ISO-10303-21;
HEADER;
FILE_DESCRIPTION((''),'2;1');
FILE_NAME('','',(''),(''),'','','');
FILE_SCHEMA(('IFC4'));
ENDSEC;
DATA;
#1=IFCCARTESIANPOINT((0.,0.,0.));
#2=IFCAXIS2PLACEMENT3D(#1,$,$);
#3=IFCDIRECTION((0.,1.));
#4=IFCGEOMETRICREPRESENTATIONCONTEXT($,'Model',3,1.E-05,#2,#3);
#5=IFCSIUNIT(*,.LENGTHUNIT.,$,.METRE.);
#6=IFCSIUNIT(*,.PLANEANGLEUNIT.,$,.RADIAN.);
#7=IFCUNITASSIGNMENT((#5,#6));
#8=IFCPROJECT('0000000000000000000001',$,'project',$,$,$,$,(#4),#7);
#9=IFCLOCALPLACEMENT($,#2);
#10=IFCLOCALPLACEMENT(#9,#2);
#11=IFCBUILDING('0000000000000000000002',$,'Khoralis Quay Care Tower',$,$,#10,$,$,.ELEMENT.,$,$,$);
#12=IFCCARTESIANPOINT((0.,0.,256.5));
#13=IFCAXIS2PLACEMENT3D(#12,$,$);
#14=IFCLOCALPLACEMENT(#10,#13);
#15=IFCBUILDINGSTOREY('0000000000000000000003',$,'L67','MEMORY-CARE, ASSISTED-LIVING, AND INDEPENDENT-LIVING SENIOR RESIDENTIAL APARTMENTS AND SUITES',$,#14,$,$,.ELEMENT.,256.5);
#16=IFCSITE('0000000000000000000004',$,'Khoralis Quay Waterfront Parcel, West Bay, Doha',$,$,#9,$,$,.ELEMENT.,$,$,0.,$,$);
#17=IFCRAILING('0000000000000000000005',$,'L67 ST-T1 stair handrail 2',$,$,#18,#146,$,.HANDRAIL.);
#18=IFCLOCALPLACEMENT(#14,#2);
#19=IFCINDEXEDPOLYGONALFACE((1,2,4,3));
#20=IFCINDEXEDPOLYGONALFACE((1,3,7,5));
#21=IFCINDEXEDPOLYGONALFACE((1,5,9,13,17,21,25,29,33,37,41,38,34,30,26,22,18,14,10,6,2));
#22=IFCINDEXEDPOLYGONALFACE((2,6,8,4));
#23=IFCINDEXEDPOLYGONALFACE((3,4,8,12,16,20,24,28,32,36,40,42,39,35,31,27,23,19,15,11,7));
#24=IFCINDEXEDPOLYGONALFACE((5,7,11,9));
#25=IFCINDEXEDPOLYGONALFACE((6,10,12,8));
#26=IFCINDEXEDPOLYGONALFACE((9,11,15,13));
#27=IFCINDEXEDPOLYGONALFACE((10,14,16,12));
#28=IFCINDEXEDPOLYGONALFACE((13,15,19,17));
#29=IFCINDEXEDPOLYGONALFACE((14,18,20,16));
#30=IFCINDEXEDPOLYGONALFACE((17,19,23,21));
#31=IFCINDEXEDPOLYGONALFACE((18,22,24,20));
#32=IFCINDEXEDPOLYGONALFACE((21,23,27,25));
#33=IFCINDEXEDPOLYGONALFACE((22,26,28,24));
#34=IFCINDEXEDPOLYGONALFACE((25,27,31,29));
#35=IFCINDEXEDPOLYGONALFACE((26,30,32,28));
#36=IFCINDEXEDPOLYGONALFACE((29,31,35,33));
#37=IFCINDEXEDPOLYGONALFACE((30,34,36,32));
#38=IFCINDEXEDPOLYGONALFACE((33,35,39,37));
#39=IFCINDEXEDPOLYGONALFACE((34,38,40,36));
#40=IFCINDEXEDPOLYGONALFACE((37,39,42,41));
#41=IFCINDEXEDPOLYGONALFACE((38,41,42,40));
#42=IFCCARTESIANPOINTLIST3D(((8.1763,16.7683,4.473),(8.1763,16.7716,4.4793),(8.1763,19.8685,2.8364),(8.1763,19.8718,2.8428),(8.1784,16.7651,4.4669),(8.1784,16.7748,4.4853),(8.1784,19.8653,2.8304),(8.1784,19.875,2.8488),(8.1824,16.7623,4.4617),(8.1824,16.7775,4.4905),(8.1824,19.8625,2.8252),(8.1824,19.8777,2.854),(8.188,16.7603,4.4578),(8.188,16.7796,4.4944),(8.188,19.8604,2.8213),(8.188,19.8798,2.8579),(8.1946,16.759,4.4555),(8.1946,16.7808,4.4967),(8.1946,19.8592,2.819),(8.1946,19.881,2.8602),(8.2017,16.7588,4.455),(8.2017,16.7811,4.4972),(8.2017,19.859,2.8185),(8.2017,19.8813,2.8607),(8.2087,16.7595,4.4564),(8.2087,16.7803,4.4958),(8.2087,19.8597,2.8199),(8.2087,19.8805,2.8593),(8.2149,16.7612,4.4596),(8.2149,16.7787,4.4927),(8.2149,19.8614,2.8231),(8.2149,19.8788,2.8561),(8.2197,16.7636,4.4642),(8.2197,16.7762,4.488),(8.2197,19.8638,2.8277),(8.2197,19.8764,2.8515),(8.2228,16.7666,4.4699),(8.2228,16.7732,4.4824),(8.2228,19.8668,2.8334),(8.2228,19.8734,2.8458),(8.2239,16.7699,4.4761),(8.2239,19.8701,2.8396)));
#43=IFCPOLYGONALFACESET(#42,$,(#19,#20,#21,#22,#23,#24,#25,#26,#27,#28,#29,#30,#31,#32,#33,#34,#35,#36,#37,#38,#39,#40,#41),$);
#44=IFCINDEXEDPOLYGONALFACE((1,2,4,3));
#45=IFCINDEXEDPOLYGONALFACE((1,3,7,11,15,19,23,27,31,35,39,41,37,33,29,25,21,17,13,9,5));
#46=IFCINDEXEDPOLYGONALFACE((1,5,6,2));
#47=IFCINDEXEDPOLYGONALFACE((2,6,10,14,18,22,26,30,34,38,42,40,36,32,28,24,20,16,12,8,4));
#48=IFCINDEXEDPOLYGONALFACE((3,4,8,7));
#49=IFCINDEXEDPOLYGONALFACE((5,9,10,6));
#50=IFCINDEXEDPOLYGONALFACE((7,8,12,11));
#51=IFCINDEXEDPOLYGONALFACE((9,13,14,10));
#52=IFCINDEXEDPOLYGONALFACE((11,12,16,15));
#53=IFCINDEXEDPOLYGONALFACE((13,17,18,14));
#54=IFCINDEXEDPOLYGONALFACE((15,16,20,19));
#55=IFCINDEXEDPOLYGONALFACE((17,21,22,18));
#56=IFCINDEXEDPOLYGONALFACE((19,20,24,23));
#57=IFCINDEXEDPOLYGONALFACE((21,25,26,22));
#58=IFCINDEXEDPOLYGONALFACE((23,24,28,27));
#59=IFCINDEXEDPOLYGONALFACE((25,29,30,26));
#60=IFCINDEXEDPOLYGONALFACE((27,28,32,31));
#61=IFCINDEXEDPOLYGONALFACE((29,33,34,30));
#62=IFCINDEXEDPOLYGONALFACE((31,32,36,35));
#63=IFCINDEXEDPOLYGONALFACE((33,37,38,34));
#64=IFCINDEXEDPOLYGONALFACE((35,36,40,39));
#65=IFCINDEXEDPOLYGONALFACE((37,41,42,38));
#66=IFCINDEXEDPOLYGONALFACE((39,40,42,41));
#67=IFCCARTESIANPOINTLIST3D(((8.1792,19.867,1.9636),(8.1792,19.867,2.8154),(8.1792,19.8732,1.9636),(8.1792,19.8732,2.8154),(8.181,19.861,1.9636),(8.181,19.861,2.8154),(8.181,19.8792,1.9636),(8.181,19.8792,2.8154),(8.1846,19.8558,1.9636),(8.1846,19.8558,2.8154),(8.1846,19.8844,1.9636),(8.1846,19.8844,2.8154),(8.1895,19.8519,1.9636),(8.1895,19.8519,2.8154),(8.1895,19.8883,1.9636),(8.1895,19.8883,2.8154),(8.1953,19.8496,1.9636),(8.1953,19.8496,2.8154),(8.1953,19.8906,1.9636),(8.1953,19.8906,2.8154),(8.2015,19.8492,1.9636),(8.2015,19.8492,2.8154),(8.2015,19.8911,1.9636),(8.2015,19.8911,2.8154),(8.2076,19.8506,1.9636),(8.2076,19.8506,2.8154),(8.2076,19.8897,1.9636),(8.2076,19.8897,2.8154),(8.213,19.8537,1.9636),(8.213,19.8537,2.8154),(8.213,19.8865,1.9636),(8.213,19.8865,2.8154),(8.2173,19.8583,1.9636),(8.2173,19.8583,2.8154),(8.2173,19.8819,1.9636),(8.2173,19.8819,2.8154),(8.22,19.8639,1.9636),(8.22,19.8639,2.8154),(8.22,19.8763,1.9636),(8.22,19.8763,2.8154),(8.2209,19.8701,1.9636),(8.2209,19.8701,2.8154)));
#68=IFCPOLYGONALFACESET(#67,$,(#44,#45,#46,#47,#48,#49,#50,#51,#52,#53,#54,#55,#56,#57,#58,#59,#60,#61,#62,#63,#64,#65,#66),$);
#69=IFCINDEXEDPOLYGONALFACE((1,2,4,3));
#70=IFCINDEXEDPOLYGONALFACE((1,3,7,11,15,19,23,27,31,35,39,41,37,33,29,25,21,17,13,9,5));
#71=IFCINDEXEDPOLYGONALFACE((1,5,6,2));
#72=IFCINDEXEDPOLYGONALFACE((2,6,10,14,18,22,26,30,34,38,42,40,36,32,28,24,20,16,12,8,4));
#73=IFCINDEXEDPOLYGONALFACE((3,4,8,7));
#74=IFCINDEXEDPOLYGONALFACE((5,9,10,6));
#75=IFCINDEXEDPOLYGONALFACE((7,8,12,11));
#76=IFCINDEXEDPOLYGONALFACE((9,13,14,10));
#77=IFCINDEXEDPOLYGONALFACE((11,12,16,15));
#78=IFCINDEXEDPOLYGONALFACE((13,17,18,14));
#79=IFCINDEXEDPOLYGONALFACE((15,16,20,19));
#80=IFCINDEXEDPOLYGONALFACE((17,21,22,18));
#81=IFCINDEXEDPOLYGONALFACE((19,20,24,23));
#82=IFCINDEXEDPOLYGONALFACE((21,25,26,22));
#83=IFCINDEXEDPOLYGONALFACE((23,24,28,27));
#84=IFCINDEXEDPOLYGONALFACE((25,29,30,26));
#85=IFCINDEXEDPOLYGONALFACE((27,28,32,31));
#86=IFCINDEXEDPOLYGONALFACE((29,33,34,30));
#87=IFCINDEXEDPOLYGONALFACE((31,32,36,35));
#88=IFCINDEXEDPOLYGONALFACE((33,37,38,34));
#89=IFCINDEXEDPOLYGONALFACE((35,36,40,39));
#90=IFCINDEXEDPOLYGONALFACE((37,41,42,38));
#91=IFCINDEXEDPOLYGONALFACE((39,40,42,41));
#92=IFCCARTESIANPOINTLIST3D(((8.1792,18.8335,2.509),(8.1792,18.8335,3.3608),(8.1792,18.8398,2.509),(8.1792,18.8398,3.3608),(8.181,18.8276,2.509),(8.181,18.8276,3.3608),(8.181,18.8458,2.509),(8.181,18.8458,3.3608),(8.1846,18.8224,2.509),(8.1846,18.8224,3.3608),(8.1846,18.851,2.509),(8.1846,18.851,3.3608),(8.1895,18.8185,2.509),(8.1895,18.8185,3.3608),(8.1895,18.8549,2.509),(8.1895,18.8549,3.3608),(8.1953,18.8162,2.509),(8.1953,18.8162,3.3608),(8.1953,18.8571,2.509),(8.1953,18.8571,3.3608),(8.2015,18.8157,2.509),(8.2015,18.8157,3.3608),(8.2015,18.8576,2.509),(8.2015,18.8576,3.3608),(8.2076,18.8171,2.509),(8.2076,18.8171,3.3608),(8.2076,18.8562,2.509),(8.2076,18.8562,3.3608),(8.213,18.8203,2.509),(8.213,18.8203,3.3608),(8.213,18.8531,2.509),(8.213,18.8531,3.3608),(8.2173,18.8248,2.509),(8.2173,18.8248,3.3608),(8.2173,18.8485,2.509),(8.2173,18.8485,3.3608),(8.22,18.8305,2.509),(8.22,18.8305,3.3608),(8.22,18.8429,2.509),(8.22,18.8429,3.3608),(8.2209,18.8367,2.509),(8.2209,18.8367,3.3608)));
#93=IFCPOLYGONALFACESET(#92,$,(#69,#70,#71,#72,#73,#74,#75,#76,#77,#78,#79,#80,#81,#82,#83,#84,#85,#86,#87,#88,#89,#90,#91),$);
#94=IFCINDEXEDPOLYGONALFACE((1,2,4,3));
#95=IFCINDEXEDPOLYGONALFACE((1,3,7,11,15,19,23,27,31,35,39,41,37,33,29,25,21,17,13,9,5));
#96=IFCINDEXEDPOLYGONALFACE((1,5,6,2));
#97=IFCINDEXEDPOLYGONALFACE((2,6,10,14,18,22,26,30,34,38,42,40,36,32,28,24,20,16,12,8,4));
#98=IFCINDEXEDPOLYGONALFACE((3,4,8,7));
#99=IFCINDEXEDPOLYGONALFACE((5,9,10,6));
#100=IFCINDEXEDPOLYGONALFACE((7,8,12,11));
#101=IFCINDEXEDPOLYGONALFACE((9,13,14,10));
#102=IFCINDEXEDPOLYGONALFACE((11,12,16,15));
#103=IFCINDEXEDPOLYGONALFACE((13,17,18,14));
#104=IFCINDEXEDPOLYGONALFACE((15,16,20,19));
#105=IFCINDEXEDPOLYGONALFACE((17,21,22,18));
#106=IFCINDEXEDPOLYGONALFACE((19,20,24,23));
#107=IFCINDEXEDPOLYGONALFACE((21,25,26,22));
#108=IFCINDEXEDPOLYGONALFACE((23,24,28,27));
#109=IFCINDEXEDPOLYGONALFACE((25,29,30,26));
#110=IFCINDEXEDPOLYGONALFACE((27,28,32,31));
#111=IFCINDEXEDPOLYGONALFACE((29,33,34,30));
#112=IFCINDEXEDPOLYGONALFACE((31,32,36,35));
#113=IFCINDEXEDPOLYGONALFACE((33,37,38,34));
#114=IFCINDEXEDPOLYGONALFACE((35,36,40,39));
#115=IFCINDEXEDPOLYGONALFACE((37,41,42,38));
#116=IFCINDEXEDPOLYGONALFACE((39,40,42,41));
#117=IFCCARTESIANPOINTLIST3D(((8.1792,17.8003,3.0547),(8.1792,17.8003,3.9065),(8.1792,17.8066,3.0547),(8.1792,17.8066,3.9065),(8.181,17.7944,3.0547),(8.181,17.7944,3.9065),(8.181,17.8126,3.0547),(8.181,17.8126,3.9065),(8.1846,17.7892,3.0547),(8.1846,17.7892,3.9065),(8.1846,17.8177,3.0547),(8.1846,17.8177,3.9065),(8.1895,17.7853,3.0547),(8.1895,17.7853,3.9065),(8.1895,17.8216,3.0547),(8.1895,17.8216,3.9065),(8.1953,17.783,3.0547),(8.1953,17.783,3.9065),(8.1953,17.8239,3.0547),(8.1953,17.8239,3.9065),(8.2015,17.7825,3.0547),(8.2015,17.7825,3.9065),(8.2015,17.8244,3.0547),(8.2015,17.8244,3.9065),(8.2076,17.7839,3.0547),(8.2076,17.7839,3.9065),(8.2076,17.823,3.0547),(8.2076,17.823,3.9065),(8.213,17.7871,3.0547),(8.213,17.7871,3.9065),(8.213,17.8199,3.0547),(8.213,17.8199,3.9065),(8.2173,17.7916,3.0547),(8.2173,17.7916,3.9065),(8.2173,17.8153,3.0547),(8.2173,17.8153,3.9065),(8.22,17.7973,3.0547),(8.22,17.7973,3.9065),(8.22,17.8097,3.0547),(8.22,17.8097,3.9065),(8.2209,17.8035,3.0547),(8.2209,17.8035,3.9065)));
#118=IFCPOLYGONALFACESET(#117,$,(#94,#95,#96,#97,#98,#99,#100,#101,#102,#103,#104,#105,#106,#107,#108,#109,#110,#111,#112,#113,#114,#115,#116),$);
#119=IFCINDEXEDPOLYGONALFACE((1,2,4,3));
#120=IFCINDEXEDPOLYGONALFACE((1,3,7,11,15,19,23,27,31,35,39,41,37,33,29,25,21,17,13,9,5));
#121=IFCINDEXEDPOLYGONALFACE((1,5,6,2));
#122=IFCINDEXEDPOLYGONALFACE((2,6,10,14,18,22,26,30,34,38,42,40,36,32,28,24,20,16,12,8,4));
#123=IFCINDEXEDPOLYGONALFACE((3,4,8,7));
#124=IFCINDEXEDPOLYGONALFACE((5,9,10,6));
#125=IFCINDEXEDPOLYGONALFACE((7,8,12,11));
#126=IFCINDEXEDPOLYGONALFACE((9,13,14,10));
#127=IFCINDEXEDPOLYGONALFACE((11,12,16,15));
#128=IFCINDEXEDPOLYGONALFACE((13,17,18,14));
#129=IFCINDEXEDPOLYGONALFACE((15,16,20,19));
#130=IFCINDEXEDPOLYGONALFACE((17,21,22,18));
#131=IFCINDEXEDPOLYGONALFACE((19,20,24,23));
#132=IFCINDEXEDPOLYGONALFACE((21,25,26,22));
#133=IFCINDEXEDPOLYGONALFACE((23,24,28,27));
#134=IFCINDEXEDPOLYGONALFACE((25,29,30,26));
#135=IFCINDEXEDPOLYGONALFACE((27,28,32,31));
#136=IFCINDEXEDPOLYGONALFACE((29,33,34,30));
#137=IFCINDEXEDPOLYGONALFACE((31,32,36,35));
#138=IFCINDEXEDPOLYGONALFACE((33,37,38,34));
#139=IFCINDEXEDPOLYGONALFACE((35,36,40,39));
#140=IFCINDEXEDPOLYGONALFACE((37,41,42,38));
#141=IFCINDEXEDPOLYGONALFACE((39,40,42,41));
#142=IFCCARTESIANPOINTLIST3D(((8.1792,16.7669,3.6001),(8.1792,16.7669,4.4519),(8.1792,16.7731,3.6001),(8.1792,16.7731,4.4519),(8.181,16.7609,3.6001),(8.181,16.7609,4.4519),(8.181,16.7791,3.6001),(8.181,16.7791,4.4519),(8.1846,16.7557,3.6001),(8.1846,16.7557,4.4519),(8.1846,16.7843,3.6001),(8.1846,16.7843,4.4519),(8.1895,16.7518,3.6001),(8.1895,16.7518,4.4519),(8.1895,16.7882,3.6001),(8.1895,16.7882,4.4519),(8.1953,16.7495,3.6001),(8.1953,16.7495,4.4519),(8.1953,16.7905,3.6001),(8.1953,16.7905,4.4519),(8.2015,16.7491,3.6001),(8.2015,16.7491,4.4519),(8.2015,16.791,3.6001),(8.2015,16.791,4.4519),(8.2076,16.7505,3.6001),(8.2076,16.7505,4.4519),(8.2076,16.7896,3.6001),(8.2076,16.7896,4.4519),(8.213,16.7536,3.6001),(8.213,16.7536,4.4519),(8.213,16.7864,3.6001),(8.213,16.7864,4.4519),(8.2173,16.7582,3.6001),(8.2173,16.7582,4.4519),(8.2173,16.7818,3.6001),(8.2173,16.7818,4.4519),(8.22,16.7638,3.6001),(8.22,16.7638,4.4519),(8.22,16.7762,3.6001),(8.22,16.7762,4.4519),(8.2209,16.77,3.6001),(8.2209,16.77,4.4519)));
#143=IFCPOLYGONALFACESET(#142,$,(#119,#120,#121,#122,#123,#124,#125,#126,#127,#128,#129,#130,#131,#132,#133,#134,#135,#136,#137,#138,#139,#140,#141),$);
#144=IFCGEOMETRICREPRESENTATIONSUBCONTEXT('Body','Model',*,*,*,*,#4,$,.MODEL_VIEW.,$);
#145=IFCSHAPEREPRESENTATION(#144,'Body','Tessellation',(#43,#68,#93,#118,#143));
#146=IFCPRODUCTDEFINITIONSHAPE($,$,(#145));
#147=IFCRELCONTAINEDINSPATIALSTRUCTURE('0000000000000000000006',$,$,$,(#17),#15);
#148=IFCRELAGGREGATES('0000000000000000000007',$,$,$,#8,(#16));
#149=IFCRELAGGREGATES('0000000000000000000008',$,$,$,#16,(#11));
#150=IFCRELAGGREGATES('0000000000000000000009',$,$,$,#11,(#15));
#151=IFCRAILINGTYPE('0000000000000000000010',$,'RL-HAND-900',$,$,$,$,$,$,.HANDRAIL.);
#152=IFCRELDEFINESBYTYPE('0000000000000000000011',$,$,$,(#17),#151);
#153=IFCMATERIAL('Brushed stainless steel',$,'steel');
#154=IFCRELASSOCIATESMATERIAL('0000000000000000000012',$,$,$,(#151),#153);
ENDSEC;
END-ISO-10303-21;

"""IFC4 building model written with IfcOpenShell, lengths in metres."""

from ifc_helpers import new_model, si_unit, direction, frame, origin, origin_2d, place, context, subcontext, project, spatial, circle, extrude, material, type_object, element, save


model = new_model("IFC4")

# Units and contexts
model_context = context("Model", 3, precision=1e-05, world=origin(), true_north=direction((0.0, 1.0)))
body_context = subcontext(model_context, "Body", "Model", "MODEL_VIEW")
ifc_project = project(units=[si_unit("LENGTHUNIT", "METRE"), si_unit("PLANEANGLEUNIT", "RADIAN")], contexts=[model_context])

# Site, building, storey
site_placement = place(None, origin())
site = spatial("IfcSite", under=ifc_project, at=site_placement, Name="Khoralis Quay Waterfront Parcel, West Bay, Doha", CompositionType="ELEMENT", RefElevation=0.0)
building_placement = place(site_placement, origin())
building = spatial("IfcBuilding", under=site, at=building_placement, Name="Khoralis Quay Care Tower", CompositionType="ELEMENT")
storey_placement = place(building_placement, frame((0.0, 0.0, 256.5)))
storey = spatial("IfcBuildingStorey", under=building, at=storey_placement, Name="L67", Description="MEMORY-CARE, ASSISTED-LIVING, AND INDEPENDENT-LIVING SENIOR RESIDENTIAL APARTMENTS AND SUITES", CompositionType="ELEMENT", Elevation=256.5)

# Shared definitions
ifc_material_1 = material(Name="Brushed stainless steel", Category="steel")

# Railing
railing_type_1 = type_object("IfcRailingType", Name="RL-HAND-900", PredefinedType="HANDRAIL", material=ifc_material_1)
railing_1_placement = place(storey_placement, frame((8.2, 19.8701, 1.9636)))
element("IfcRailing", 1, at=railing_1_placement, inside=storey, type_object=railing_type_1, Name="L67 ST-T1 stair handrail 2", PredefinedType="HANDRAIL", context=body_context, shape_type="SweptSolid", body=[
    extrude(circle(Radius=0.0239, at=origin_2d()), frame((0.0, 0.0, 0.876), z_axis=(0.0, -0.884348, 0.466828), x_axis=(1.0, 0.0, 0.0)), (0.0, 0.0, 1.0), 3.5056),
    extrude(circle(Radius=0.021, at=origin_2d()), origin(), (0.0, 0.0, 1.0), 0.8518),
    extrude(circle(Radius=0.021, at=origin_2d()), frame((0.0, -1.0334, 0.5454)), (0.0, 0.0, 1.0), 0.8518),
    extrude(circle(Radius=0.021, at=origin_2d()), frame((0.0, -2.0667, 1.0911)), (0.0, 0.0, 1.0), 0.8518),
    extrude(circle(Radius=0.021, at=origin_2d()), frame((0.0, -3.1001, 1.6365)), (0.0, 0.0, 1.0), 0.8518),
])

save(model, "model.ifc")
